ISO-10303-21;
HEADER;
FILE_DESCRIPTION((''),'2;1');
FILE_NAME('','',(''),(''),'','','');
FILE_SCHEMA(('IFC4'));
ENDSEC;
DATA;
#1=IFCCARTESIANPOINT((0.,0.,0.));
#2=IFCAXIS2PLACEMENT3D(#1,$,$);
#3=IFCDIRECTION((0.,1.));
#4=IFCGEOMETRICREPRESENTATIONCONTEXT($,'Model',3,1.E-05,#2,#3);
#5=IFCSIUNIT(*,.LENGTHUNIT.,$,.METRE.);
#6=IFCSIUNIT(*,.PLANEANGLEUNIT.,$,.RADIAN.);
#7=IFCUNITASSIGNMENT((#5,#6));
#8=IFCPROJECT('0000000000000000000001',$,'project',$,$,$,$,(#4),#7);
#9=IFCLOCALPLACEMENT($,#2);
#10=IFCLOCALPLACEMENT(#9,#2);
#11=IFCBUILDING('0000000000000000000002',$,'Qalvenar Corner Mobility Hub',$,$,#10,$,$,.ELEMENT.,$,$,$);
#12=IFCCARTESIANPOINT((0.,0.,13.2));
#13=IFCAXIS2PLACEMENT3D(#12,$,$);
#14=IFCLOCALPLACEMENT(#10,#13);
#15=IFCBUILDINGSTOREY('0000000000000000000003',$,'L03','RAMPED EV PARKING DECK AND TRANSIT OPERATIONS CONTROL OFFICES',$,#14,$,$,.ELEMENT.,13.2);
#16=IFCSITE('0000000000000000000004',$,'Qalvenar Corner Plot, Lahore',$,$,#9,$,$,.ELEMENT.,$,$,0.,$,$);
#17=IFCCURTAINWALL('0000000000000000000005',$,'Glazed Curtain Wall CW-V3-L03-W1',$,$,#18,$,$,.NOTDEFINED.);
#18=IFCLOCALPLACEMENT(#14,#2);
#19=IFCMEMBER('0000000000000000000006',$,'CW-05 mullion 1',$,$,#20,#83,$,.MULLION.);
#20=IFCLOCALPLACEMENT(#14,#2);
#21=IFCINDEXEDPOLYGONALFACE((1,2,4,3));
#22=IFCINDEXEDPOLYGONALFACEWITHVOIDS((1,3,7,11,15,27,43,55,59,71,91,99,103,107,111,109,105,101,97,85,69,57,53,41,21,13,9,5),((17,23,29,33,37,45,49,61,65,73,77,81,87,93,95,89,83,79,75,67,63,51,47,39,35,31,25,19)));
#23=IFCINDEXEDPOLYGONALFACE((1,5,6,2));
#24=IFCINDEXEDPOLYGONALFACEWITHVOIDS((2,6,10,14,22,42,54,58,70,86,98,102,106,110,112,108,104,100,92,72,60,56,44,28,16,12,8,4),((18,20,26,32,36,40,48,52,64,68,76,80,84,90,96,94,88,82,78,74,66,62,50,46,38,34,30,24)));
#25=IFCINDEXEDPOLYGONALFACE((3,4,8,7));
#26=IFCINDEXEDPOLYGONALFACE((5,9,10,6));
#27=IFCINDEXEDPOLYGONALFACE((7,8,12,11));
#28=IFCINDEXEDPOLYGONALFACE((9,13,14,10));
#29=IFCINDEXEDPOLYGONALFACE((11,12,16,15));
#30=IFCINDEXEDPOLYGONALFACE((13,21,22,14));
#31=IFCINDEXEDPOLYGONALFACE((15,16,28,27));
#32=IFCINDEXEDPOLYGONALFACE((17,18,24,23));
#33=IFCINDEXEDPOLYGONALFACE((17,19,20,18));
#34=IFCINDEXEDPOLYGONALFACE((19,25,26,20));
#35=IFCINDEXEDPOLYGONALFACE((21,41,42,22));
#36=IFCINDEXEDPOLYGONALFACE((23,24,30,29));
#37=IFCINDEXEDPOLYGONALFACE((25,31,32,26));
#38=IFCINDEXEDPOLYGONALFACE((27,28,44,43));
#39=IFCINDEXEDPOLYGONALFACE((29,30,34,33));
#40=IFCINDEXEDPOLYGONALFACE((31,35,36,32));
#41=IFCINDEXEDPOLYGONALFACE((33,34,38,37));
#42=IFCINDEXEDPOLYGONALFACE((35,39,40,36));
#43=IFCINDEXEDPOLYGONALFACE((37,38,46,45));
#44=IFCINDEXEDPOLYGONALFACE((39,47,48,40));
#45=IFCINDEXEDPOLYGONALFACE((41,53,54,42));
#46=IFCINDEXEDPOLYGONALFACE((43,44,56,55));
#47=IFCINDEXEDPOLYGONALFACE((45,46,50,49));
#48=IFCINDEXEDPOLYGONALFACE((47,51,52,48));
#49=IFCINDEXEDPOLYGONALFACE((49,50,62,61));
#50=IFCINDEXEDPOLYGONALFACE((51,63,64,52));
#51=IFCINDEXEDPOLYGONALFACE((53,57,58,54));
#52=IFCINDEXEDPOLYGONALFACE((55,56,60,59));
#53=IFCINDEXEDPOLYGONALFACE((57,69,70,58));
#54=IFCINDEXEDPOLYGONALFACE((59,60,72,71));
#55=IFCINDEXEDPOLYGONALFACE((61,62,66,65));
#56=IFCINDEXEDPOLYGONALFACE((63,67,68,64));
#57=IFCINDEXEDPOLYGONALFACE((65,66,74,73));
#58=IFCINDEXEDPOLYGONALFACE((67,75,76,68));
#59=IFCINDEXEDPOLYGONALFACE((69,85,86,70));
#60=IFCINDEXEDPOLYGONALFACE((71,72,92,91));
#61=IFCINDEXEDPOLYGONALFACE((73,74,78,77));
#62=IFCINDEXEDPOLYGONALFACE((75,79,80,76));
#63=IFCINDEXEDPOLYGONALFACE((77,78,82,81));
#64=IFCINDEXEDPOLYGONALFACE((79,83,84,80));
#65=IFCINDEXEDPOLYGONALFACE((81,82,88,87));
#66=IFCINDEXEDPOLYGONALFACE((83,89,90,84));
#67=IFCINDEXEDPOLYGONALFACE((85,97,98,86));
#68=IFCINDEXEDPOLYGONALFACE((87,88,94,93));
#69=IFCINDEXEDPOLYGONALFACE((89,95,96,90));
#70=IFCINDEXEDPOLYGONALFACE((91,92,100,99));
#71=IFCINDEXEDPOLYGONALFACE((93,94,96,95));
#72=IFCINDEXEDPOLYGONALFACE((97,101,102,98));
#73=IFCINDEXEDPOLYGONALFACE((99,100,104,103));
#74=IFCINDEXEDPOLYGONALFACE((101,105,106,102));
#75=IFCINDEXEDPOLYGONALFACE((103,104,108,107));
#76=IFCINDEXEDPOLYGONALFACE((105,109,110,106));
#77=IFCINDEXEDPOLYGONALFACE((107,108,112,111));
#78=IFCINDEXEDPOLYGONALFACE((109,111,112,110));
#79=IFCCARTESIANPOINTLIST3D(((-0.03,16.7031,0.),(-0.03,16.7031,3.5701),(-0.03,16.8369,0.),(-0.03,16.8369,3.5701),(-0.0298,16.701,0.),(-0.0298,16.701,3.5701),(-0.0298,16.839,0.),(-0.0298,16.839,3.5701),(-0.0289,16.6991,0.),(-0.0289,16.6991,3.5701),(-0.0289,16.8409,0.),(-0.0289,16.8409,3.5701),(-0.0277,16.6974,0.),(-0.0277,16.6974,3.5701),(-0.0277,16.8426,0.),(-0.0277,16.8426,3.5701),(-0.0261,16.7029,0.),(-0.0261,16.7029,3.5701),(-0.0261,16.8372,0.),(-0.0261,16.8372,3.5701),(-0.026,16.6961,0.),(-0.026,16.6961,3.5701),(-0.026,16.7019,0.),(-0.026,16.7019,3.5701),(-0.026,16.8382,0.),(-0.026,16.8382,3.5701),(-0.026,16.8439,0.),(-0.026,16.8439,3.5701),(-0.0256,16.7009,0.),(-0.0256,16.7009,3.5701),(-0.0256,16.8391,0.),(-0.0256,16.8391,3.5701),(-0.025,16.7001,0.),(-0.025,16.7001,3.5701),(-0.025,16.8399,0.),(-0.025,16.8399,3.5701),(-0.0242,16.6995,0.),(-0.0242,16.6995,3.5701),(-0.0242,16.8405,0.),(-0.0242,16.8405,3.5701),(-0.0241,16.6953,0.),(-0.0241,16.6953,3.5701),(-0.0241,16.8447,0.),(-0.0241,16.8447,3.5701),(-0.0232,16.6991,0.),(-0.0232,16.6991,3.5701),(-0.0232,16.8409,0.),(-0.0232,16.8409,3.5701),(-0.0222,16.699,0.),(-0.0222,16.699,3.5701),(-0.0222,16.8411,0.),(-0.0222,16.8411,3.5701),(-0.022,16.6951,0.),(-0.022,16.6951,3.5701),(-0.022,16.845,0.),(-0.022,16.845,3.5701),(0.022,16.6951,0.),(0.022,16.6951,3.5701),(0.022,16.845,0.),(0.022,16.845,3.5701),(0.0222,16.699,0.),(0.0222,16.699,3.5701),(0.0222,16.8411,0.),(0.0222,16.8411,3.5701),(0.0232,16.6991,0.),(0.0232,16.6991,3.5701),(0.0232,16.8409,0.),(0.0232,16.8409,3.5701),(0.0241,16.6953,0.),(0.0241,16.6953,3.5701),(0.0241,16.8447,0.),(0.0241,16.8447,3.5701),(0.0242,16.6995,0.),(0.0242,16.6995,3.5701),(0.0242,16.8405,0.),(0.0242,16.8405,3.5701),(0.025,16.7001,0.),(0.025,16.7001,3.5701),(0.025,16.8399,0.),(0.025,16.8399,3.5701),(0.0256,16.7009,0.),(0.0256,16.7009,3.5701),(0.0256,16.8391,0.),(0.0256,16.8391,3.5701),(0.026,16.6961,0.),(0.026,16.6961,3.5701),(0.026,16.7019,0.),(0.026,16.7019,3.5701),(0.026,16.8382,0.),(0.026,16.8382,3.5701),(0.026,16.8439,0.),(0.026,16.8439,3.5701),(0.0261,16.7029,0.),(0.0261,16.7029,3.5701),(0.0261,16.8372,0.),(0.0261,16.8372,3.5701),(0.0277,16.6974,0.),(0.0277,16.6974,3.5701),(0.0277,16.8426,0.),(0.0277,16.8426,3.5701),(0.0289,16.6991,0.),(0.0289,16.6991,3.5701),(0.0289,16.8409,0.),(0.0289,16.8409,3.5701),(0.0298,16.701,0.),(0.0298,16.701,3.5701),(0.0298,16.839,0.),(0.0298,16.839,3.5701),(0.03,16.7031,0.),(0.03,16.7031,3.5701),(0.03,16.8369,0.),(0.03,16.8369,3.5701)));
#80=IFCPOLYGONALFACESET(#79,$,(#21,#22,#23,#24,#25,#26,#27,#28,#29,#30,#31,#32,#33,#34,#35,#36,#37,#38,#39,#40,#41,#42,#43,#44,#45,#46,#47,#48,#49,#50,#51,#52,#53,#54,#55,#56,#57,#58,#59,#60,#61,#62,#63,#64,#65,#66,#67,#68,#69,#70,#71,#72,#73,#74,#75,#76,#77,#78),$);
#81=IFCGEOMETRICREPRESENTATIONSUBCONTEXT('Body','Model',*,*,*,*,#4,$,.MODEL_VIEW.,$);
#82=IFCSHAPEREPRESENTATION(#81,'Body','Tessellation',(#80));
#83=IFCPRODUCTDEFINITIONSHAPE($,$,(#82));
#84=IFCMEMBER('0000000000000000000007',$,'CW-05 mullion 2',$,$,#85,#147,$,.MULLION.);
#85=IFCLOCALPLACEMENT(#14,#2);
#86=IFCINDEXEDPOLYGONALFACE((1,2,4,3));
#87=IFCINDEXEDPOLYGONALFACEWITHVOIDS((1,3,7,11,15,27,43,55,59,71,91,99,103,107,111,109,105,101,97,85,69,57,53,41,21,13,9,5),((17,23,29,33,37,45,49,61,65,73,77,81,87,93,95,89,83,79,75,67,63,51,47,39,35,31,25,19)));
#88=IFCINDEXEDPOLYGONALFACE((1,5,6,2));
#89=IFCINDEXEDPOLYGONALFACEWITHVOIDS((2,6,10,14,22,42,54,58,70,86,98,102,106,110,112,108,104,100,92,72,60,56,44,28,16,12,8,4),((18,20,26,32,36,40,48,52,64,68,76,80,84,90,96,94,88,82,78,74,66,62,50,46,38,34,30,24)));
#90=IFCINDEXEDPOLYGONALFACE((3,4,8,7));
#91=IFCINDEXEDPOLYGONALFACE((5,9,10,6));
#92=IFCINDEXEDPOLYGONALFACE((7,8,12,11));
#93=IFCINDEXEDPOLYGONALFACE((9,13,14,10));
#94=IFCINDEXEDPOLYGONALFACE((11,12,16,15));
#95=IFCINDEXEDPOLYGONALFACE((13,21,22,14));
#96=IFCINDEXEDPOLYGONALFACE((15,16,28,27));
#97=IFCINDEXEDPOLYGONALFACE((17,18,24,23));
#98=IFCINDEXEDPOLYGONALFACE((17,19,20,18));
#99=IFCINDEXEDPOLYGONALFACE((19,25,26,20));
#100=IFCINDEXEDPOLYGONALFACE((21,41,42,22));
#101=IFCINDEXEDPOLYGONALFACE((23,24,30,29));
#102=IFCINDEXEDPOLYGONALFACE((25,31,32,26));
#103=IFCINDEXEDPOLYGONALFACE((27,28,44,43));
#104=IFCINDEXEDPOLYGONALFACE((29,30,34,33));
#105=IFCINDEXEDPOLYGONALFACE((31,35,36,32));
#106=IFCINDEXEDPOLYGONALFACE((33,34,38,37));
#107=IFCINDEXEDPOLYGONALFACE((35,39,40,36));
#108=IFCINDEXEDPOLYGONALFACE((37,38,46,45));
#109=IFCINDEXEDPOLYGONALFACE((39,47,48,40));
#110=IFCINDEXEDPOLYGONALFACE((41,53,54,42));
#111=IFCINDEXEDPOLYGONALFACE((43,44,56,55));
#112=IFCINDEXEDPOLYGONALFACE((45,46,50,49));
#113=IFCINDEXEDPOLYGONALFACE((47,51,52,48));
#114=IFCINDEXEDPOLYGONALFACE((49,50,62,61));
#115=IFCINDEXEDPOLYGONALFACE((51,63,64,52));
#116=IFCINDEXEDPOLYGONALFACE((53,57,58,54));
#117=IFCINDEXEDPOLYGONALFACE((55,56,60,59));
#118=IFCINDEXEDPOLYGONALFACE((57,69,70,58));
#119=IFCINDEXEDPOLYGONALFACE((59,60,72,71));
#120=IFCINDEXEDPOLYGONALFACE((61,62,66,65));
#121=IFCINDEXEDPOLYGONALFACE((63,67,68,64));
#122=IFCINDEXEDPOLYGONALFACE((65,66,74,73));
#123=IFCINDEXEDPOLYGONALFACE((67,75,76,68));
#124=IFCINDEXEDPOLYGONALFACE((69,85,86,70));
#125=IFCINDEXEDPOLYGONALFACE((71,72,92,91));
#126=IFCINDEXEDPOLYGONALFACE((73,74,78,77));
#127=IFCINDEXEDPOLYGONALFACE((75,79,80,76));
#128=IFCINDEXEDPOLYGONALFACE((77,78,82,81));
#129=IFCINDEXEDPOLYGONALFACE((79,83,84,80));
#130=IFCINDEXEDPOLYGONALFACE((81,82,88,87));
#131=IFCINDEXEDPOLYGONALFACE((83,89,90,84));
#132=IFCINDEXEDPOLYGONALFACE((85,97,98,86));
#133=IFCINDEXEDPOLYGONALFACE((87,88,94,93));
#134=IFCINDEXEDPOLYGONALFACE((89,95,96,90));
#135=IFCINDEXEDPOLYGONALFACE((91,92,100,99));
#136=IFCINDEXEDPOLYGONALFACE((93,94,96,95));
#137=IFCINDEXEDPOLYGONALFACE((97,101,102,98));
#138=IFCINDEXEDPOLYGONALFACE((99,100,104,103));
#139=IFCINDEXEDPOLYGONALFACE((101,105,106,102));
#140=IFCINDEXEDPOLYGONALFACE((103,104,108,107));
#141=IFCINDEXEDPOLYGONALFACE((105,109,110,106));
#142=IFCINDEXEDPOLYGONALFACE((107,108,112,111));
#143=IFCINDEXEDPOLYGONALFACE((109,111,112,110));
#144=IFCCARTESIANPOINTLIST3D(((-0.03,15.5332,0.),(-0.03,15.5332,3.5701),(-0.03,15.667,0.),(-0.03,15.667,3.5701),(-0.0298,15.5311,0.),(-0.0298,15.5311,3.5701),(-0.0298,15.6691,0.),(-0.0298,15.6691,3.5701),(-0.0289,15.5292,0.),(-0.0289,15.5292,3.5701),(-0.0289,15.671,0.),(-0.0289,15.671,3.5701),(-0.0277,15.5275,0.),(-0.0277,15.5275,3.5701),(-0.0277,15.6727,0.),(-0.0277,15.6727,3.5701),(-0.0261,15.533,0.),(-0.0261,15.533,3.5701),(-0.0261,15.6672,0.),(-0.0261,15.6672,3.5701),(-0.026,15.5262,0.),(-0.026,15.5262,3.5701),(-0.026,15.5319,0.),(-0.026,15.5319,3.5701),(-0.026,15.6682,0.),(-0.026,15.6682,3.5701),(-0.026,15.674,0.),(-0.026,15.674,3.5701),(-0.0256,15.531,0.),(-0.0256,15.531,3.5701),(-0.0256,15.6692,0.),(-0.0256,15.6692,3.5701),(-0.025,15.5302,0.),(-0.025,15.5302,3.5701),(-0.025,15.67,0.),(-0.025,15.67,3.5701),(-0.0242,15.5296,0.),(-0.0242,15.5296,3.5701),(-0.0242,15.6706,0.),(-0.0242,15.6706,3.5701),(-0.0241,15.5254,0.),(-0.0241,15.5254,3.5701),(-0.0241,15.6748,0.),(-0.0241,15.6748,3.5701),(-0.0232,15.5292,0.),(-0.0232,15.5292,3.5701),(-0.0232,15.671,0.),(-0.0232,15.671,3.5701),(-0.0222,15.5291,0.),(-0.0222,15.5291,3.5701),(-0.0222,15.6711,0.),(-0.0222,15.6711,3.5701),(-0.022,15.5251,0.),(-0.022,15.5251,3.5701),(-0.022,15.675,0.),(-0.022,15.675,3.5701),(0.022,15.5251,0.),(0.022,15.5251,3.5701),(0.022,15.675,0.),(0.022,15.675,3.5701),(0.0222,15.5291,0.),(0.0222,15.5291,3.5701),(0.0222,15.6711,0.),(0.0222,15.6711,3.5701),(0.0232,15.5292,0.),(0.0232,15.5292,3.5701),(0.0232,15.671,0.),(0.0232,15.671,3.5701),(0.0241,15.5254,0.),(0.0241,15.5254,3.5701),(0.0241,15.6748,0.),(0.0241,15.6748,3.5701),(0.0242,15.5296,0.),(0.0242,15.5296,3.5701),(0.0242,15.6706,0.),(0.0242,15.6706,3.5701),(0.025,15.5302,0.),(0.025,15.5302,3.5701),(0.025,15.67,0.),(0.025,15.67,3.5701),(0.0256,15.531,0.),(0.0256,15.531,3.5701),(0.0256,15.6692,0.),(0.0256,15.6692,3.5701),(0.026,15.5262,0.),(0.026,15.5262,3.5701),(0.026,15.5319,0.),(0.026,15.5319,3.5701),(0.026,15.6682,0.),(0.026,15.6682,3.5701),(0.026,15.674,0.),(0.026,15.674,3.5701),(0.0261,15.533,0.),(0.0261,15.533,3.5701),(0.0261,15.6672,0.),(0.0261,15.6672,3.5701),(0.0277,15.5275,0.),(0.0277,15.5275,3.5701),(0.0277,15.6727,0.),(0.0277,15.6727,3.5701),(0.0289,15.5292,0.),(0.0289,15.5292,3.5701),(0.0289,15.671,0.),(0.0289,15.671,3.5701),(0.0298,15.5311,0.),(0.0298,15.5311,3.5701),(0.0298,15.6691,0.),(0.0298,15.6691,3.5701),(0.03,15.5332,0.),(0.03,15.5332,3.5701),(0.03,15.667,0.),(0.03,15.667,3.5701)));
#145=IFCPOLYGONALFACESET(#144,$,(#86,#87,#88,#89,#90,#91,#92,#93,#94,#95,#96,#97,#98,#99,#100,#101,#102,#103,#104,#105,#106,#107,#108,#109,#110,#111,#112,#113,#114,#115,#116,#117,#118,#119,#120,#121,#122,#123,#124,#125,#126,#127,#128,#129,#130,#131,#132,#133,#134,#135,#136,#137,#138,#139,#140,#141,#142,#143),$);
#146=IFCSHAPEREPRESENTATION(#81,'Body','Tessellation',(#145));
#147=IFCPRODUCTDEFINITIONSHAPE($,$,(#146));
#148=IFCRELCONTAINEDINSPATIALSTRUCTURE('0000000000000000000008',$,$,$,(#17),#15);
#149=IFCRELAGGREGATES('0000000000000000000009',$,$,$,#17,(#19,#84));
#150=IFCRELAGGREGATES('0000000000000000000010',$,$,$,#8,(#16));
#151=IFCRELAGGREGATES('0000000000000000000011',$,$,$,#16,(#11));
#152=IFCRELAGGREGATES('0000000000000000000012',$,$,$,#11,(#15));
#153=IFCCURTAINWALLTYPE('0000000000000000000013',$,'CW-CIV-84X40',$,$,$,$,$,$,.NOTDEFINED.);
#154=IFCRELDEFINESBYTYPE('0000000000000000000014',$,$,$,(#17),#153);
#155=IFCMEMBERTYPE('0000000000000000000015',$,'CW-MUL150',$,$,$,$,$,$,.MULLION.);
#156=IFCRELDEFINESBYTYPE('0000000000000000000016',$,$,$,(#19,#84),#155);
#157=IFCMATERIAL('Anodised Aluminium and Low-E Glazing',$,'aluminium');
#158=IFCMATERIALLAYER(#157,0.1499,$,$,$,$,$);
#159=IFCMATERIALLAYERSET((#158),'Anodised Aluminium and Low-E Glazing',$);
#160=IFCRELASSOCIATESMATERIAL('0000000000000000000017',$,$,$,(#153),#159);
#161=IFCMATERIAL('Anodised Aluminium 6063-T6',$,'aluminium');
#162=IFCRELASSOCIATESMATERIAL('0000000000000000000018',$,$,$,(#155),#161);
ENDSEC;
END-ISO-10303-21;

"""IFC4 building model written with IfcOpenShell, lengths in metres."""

from ifc_helpers import new_model, si_unit, direction, frame, origin, origin_2d, place, context, subcontext, project, spatial, hollow_rectangle, extrude, material, layer, layer_set, material_profile, profile_set, type_object, element, aggregate, save


model = new_model("IFC4")

# Units and contexts
model_context = context("Model", 3, precision=1e-05, world=origin(), true_north=direction((0.0, 1.0)))
body_context = subcontext(model_context, "Body", "Model", "MODEL_VIEW")
ifc_project = project(units=[si_unit("LENGTHUNIT", "METRE"), si_unit("PLANEANGLEUNIT", "RADIAN")], contexts=[model_context])

# Site, building, storey
site_placement = place(None, origin())
site = spatial("IfcSite", under=ifc_project, at=site_placement, Name="Qalvenar Corner Plot, Lahore", CompositionType="ELEMENT", RefElevation=0.0)
building_placement = place(site_placement, origin())
building = spatial("IfcBuilding", under=site, at=building_placement, Name="Qalvenar Corner Mobility Hub", CompositionType="ELEMENT")
storey_placement = place(building_placement, frame((0.0, 0.0, 13.2)))
storey = spatial("IfcBuildingStorey", under=building, at=storey_placement, Name="L03", Description="RAMPED EV PARKING DECK AND TRANSIT OPERATIONS CONTROL OFFICES", CompositionType="ELEMENT", Elevation=13.2)

# Curtain wall, members
ifc_material_1 = material(Name="Anodised Aluminium and Low-E Glazing", Category="aluminium")
ifc_layer_1 = layer(ifc_material_1, 0.1499)
ifc_layer_set_1 = layer_set([ifc_layer_1], Name="Anodised Aluminium and Low-E Glazing")
curtain_wall_type = type_object("IfcCurtainWallType", Name="CW-CIV-84X40", PredefinedType="NOTDEFINED", material=ifc_layer_set_1)
curtain_wall_1_placement = place(storey_placement, origin())
curtain_wall_1 = element("IfcCurtainWall", 1, at=curtain_wall_1_placement, inside=storey, type_object=curtain_wall_type, Name="Glazed Curtain Wall CW-V3-L03-W1", PredefinedType="NOTDEFINED")
ifc_material_2 = material(Name="Anodised Aluminium 6063-T6", Category="aluminium")
ifc_material_profile_1 = material_profile(ifc_material_2, hollow_rectangle(XDim=0.0601, YDim=0.1499, WallThickness=0.0039, InnerFilletRadius=0.0039, OuterFilletRadius=0.0081, at=origin_2d()), Name="RHS150x60x4")
ifc_profile_set_1 = profile_set([ifc_material_profile_1], Name="Anodised Aluminium 6063-T6")
member_type_1 = type_object("IfcMemberType", Name="CW-MUL150", PredefinedType="MULLION", material=ifc_profile_set_1)
member_1_placement = place(storey_placement, frame((0.0, 16.77, 0.0), z_axis=(0.0, 0.0, 1.0), x_axis=(1.0, 0.0, 0.0)))
member_1 = element("IfcMember", 2, at=member_1_placement, type_object=member_type_1, Name="CW-05 mullion 1", PredefinedType="MULLION", context=body_context, shape_type="SweptSolid", body=[
    extrude(hollow_rectangle(XDim=0.0601, YDim=0.1499, WallThickness=0.0039, InnerFilletRadius=0.0039, OuterFilletRadius=0.0081, at=origin_2d()), origin(), (0.0, 0.0, 1.0), 3.5701),
])
member_2_placement = place(storey_placement, frame((0.0, 15.6001, 0.0), z_axis=(0.0, 0.0, 1.0), x_axis=(1.0, 0.0, 0.0)))
member_2 = element("IfcMember", 3, at=member_2_placement, type_object=member_type_1, Name="CW-05 mullion 2", PredefinedType="MULLION", context=body_context, shape_type="SweptSolid", body=[
    extrude(hollow_rectangle(XDim=0.0601, YDim=0.1499, WallThickness=0.0039, InnerFilletRadius=0.0039, OuterFilletRadius=0.0081, at=origin_2d()), origin(), (0.0, 0.0, 1.0), 3.5701),
])

aggregate(curtain_wall_1, [member_1, member_2])

save(model, "model.ifc")
